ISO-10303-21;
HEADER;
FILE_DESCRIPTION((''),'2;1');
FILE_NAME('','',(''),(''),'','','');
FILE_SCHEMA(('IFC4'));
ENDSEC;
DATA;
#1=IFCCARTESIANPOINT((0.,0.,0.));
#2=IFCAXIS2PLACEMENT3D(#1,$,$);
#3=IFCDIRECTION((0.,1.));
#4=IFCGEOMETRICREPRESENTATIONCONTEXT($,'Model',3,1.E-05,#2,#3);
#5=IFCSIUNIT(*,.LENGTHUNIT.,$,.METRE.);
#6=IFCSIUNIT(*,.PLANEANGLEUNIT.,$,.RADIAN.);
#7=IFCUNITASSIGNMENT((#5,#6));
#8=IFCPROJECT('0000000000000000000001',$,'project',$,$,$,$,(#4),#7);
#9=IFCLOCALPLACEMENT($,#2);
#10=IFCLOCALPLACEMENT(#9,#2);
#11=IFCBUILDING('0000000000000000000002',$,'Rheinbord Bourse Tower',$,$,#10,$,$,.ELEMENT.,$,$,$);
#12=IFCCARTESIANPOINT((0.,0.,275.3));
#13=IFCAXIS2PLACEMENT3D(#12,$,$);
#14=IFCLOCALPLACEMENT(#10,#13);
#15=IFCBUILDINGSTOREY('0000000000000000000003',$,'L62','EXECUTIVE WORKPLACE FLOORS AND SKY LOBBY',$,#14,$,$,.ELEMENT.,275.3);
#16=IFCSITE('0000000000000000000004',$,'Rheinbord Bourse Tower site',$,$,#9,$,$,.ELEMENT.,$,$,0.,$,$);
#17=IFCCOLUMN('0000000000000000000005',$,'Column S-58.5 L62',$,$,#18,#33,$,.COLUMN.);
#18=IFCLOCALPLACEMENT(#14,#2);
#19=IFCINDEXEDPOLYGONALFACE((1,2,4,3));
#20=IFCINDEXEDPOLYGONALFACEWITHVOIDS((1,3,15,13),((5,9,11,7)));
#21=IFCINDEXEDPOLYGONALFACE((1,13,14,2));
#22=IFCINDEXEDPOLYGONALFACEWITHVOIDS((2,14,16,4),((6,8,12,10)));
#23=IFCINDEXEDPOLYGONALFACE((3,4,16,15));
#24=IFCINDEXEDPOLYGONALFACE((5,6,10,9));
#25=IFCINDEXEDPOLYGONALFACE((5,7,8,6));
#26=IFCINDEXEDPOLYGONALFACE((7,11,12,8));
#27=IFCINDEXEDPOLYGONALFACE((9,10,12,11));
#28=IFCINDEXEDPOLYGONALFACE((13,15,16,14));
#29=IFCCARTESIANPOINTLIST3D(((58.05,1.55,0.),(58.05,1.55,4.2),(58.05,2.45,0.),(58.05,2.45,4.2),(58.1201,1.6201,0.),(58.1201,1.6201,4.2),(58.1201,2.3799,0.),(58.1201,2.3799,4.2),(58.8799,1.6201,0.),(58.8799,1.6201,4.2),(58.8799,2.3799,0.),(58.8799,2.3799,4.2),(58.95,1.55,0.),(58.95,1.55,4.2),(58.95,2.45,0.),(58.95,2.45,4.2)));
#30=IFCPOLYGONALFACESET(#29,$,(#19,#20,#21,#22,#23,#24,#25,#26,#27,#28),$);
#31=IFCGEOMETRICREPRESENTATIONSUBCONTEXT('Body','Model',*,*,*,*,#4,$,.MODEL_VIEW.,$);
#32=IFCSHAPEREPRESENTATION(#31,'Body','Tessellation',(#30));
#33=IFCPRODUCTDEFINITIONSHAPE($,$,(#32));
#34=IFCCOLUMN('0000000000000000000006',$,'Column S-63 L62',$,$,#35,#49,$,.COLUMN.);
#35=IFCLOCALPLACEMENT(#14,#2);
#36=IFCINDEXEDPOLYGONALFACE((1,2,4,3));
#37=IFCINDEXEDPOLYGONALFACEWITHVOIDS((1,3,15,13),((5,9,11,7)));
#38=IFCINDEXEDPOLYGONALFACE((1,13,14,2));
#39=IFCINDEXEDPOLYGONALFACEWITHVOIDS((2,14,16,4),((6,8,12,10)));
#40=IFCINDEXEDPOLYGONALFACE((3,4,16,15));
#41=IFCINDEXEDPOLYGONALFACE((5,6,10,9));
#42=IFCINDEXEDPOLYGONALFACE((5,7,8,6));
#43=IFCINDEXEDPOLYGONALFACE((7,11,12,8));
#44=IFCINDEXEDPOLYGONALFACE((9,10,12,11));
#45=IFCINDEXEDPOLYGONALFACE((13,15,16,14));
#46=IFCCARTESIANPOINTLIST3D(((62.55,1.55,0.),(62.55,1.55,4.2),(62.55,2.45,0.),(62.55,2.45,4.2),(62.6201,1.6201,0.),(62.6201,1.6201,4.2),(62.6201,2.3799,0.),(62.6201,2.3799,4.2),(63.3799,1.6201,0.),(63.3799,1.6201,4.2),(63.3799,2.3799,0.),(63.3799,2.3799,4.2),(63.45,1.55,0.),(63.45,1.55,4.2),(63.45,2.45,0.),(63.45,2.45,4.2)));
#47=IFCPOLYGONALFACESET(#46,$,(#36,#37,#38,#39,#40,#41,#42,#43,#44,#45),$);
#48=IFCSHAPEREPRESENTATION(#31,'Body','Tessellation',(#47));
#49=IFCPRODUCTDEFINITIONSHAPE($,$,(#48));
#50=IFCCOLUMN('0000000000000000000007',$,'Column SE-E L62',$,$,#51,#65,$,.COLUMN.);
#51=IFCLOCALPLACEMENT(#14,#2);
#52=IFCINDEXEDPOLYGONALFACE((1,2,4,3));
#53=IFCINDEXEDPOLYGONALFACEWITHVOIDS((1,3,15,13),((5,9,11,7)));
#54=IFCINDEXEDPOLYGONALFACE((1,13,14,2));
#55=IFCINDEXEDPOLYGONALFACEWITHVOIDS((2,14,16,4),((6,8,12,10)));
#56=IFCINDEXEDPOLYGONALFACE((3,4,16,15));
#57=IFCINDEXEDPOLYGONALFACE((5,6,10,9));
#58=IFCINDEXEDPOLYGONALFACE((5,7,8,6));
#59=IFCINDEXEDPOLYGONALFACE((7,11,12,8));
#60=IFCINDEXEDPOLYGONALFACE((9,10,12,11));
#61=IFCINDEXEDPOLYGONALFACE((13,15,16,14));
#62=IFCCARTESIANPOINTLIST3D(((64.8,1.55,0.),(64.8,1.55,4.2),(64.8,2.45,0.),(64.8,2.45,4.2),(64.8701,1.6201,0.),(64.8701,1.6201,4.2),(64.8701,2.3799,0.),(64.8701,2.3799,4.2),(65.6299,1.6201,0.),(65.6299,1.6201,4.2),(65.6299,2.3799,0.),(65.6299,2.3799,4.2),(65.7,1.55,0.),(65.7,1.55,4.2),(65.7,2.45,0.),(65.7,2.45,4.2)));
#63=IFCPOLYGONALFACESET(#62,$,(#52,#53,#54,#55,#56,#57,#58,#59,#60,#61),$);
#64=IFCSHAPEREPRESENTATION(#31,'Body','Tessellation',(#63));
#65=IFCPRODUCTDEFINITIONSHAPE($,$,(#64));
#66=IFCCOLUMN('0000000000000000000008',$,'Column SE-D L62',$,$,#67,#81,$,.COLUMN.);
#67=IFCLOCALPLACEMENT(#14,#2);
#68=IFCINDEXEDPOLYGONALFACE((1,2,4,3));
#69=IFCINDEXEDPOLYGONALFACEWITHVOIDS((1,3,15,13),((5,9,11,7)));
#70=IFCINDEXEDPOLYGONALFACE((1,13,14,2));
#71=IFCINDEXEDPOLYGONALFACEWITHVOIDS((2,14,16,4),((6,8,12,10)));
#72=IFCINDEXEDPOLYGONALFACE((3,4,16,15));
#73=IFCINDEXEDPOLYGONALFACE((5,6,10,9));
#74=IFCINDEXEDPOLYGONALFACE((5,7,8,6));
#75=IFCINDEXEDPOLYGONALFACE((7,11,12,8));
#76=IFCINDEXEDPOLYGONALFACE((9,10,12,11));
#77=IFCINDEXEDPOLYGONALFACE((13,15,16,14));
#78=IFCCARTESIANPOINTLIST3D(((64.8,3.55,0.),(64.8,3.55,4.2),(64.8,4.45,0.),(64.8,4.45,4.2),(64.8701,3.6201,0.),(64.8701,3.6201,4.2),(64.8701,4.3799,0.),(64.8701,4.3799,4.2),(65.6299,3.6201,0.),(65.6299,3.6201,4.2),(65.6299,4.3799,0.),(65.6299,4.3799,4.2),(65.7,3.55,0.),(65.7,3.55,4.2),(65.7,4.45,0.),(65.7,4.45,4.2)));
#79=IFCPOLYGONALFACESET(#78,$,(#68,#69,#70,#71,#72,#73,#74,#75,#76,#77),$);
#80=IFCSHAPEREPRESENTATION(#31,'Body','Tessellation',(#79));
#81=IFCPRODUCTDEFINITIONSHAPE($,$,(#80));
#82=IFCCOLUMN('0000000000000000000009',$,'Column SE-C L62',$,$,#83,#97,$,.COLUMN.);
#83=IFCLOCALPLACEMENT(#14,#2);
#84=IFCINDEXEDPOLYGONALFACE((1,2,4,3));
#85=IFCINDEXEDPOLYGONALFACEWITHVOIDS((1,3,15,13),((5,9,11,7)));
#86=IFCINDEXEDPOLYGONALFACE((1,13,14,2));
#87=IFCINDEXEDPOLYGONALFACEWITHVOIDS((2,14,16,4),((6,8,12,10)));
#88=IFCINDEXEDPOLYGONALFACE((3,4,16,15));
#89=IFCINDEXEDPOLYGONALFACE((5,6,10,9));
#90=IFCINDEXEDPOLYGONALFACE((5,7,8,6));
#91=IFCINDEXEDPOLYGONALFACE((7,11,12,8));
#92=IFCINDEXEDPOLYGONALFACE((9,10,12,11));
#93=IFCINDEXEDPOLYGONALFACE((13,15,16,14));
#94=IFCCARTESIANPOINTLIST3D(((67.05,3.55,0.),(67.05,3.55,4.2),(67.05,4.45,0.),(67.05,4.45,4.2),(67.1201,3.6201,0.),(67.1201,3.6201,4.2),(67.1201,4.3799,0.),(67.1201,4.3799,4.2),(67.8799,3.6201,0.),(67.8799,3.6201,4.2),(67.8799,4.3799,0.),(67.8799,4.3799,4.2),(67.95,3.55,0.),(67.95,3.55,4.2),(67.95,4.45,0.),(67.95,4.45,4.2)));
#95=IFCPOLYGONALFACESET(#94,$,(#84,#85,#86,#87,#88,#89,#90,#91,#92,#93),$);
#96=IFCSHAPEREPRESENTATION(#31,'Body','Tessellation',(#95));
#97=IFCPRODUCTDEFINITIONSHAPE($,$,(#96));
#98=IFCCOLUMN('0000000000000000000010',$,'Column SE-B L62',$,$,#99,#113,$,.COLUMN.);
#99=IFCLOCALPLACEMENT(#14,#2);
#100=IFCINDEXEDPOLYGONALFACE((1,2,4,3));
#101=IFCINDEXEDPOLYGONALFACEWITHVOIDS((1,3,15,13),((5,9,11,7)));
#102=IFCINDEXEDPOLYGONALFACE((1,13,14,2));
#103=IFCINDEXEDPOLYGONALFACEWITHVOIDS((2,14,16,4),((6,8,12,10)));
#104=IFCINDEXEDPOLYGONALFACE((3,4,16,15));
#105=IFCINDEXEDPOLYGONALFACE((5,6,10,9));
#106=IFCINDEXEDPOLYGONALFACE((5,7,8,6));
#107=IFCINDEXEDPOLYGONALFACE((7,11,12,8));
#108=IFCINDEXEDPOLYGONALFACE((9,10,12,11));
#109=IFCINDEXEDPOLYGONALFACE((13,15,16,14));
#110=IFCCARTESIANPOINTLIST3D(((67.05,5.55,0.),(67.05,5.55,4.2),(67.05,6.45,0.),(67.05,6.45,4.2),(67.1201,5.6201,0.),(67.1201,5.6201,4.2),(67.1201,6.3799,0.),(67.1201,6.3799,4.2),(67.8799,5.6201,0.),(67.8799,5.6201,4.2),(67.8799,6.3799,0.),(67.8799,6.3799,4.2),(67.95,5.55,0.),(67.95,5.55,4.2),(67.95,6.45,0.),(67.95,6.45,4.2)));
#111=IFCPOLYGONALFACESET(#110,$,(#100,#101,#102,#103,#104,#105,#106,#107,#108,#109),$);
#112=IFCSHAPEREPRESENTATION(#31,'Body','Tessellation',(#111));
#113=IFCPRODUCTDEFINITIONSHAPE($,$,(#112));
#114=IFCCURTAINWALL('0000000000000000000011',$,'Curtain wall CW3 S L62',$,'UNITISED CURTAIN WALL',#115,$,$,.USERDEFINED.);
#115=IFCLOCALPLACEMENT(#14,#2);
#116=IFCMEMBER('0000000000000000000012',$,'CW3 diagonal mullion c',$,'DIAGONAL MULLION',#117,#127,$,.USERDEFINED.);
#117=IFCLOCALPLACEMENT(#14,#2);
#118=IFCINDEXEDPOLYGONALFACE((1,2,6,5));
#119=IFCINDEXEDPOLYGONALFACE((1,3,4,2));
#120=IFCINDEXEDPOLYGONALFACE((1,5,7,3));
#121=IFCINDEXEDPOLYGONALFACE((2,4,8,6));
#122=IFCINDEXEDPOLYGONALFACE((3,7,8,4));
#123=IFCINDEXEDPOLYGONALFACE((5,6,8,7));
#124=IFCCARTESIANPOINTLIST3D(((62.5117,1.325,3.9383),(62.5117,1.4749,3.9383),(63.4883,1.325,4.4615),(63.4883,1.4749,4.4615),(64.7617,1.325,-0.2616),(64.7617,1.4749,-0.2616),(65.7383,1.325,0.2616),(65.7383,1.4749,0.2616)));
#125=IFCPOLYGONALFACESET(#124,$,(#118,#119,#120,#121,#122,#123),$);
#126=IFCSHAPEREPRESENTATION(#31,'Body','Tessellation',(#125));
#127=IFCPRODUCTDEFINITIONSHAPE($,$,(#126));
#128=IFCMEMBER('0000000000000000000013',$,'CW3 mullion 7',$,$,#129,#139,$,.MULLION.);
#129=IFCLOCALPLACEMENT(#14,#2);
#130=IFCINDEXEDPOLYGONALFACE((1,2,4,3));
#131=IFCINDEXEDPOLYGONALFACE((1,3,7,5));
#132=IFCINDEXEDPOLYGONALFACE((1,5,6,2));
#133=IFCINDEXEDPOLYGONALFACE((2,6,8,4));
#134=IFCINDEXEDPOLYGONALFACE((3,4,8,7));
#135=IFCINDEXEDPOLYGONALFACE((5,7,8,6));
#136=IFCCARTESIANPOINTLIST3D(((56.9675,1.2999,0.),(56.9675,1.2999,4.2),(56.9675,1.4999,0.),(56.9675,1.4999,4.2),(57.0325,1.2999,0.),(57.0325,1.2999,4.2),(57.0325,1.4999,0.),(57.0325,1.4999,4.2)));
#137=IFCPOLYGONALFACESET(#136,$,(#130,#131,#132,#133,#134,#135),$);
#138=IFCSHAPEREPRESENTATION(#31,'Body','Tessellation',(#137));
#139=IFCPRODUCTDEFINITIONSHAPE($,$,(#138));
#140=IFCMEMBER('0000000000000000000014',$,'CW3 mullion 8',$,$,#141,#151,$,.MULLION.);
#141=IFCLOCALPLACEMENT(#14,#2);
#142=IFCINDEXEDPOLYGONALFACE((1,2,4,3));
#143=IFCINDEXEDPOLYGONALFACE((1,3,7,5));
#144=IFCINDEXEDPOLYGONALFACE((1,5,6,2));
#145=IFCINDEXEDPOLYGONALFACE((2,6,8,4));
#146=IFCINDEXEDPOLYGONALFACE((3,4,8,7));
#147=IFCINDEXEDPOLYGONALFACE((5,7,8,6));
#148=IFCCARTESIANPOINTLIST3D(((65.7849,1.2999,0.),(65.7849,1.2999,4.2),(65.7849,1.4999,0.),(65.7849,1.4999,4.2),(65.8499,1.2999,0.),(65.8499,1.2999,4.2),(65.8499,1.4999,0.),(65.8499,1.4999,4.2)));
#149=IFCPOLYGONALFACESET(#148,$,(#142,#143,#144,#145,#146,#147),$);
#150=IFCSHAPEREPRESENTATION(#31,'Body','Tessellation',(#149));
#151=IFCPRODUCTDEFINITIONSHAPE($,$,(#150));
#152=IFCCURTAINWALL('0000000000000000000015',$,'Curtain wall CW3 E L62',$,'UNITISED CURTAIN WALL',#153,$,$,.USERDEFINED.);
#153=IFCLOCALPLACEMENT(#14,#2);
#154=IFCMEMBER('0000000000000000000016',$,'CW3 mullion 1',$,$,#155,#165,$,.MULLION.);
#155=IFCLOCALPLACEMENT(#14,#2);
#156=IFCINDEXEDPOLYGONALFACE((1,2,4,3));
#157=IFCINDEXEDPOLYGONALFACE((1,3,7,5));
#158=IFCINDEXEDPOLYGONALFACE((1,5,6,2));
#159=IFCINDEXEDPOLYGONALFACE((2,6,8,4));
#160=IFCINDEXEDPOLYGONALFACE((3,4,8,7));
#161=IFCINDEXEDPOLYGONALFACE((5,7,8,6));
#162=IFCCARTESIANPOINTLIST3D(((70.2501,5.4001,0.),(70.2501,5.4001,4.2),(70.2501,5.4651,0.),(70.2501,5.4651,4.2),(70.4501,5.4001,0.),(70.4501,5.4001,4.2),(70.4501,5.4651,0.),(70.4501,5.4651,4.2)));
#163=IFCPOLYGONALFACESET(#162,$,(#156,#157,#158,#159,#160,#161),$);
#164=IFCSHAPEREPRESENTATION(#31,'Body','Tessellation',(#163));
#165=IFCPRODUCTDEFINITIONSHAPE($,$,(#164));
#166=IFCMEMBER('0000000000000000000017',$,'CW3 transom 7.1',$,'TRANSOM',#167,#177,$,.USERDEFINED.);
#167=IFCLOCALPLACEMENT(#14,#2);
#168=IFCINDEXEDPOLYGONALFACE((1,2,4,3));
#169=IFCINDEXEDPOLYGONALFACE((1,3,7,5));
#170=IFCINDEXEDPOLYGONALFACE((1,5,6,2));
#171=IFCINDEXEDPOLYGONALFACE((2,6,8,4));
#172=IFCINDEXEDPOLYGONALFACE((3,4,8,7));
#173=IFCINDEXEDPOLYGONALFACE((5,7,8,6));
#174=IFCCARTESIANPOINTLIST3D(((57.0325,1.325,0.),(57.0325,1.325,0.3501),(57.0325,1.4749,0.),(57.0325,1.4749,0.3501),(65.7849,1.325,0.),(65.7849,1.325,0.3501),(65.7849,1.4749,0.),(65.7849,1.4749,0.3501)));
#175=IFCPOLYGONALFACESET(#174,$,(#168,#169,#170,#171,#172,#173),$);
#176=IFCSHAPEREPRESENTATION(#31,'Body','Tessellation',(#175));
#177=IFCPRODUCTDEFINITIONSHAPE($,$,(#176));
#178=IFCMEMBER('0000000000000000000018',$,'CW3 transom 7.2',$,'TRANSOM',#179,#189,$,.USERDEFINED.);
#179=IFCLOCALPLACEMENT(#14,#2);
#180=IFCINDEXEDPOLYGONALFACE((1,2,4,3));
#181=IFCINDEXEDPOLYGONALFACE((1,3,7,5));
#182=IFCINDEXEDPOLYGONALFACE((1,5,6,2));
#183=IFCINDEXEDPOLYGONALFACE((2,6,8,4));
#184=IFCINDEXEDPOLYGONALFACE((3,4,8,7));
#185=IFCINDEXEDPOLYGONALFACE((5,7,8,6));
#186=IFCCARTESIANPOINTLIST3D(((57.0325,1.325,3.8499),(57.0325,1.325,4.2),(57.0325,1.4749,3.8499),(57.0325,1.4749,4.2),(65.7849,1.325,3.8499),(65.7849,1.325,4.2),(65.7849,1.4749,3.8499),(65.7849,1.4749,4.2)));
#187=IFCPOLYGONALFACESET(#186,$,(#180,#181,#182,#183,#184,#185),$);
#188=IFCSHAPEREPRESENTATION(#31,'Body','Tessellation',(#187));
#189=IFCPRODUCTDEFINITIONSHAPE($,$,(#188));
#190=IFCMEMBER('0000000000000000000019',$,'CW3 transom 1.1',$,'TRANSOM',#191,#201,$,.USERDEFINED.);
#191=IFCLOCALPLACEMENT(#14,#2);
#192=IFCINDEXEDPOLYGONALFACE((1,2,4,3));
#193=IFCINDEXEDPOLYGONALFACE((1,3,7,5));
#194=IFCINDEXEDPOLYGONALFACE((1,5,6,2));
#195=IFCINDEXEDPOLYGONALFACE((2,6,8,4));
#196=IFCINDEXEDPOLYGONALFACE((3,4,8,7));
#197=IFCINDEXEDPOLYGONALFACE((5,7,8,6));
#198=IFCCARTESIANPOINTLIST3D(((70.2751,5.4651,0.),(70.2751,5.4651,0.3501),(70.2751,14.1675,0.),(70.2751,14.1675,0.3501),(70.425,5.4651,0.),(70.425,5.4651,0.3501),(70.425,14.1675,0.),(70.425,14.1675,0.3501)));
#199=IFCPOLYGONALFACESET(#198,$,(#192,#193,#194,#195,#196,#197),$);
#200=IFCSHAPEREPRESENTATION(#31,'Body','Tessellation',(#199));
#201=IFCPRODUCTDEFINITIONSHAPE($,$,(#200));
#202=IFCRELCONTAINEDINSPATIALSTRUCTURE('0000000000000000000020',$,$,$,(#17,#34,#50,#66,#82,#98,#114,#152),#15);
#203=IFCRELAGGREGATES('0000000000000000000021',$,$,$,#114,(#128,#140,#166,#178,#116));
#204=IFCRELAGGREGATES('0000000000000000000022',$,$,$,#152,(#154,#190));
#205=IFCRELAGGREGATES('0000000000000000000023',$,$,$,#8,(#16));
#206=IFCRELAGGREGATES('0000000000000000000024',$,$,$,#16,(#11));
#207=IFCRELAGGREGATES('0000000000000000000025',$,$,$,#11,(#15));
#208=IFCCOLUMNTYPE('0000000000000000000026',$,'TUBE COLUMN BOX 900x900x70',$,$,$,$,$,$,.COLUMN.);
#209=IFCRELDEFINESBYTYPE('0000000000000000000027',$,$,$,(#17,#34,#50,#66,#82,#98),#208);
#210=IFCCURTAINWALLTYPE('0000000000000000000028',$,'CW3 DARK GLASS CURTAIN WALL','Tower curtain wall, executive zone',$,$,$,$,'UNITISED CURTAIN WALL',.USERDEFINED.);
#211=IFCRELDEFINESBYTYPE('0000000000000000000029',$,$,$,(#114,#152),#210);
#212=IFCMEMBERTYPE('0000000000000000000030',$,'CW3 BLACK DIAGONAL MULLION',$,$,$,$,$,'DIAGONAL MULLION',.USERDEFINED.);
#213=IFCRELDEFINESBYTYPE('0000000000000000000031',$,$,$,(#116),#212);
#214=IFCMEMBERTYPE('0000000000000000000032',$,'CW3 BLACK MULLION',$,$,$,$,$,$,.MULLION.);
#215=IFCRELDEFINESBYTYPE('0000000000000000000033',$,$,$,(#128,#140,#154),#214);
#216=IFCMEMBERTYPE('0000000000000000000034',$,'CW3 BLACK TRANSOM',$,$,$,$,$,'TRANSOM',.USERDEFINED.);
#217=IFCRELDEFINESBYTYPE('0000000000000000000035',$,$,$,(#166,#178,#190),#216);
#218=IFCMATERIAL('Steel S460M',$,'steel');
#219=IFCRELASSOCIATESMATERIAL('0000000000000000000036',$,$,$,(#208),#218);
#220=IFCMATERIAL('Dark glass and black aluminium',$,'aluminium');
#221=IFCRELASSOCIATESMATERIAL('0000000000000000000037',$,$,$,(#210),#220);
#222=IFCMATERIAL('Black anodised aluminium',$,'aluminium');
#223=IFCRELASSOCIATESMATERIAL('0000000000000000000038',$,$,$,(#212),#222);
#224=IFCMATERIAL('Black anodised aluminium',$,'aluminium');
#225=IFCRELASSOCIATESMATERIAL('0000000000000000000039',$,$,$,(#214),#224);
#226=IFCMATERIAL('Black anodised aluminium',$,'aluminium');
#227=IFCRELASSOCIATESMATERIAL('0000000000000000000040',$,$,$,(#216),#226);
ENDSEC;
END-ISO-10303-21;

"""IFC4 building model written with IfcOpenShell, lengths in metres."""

from ifc_helpers import new_model, si_unit, direction, frame, origin, origin_2d, place, context, subcontext, project, spatial, rectangle, hollow_rectangle, extrude, material, material_profile, profile_set, type_object, element, aggregate, save


model = new_model("IFC4")

# Units and contexts
model_context = context("Model", 3, precision=1e-05, world=origin(), true_north=direction((0.0, 1.0)))
body_context = subcontext(model_context, "Body", "Model", "MODEL_VIEW")
ifc_project = project(units=[si_unit("LENGTHUNIT", "METRE"), si_unit("PLANEANGLEUNIT", "RADIAN")], contexts=[model_context])

# Site, building, storey
site_placement = place(None, origin())
site = spatial("IfcSite", under=ifc_project, at=site_placement, Name="Rheinbord Bourse Tower site", CompositionType="ELEMENT", RefElevation=0.0)
building_placement = place(site_placement, origin())
building = spatial("IfcBuilding", under=site, at=building_placement, Name="Rheinbord Bourse Tower", CompositionType="ELEMENT")
storey_placement = place(building_placement, frame((0.0, 0.0, 275.3)))
storey = spatial("IfcBuildingStorey", under=building, at=storey_placement, Name="L62", Description="EXECUTIVE WORKPLACE FLOORS AND SKY LOBBY", CompositionType="ELEMENT", Elevation=275.3)

# Columns
ifc_material_1 = material(Name="Steel S460M", Category="steel")
ifc_material_profile_1 = material_profile(ifc_material_1, hollow_rectangle(XDim=0.8999, YDim=0.8999, WallThickness=0.0701, at=origin_2d()), Name="BOX 900x900x70")
ifc_profile_set_1 = profile_set([ifc_material_profile_1], Name="Steel S460M")
column_type = type_object("IfcColumnType", Name="TUBE COLUMN BOX 900x900x70", PredefinedType="COLUMN", material=ifc_profile_set_1)
for number, where, z_axis, x_axis, name in (
    (1, (58.5, 2.0, 0.0), (0.0, 0.0, 1.0), (0.0, 1.0, 0.0), "Column S-58.5 L62"),
    (2, (63.0, 2.0, 0.0), (0.0, 0.0, 1.0), (0.0, 1.0, 0.0), "Column S-63 L62"),
    (3, (65.25, 2.0, 0.0), (0.0, 0.0, 1.0), (0.0, 1.0, 0.0), "Column SE-E L62"),
    (4, (65.25, 4.0, 0.0), (0.0, 0.0, 1.0), (0.0, 1.0, 0.0), "Column SE-D L62"),
    (5, (67.5, 4.0, 0.0), (0.0, 0.0, 1.0), (1.0, 0.0, 0.0), "Column SE-C L62"),
    (6, (67.5, 6.0, 0.0), (0.0, 0.0, 1.0), (1.0, 0.0, 0.0), "Column SE-B L62"),
):
    element("IfcColumn", number, at=place(storey_placement, frame(where, z_axis=z_axis, x_axis=x_axis)), inside=storey, type_object=column_type, Name=name, PredefinedType="COLUMN", context=body_context, shape_type="SweptSolid", body=[
        extrude(hollow_rectangle(XDim=0.8999, YDim=0.8999, WallThickness=0.0701, at=origin_2d()), origin(), (0.0, 0.0, 1.0), 4.2),
    ])

# Curtain wall, members
ifc_material_2 = material(Name="Dark glass and black aluminium", Category="aluminium")
curtain_wall_type = type_object("IfcCurtainWallType", Name="CW3 DARK GLASS CURTAIN WALL", Description="Tower curtain wall, executive zone", ElementType="UNITISED CURTAIN WALL", PredefinedType="USERDEFINED", material=ifc_material_2)
curtain_wall_1_placement = place(storey_placement, origin())
curtain_wall_1 = element("IfcCurtainWall", 7, at=curtain_wall_1_placement, inside=storey, type_object=curtain_wall_type, Name="Curtain wall CW3 S L62", ObjectType="UNITISED CURTAIN WALL", PredefinedType="USERDEFINED")
ifc_material_3 = material(Name="Black anodised aluminium", Category="aluminium")
ifc_material_profile_2 = material_profile(ifc_material_3, rectangle(XDim=0.1499, YDim=1.1079, at=origin_2d()), Name="CW3 DIAGONAL MULLION 1108x150")
ifc_profile_set_2 = profile_set([ifc_material_profile_2], Name="Black anodised aluminium")
member_type_1 = type_object("IfcMemberType", Name="CW3 BLACK DIAGONAL MULLION", ElementType="DIAGONAL MULLION", PredefinedType="USERDEFINED", material=ifc_profile_set_2)
member_1_placement = place(storey_placement, frame((65.25, 1.3999, 0.0), z_axis=(-0.472226, 0.0, 0.881478), x_axis=(0.0, -1.0, 0.0)))
member_1 = element("IfcMember", 8, at=member_1_placement, type_object=member_type_1, Name="CW3 diagonal mullion c", ObjectType="DIAGONAL MULLION", PredefinedType="USERDEFINED", context=body_context, shape_type="SweptSolid", body=[
    extrude(rectangle(XDim=0.1499, YDim=1.1079, at=origin_2d()), origin(), (0.0, 0.0, 1.0), 4.7646),
])
ifc_material_4 = material(Name="Black anodised aluminium", Category="aluminium")
ifc_material_profile_3 = material_profile(ifc_material_4, rectangle(XDim=0.2, YDim=0.0649, at=origin_2d()), Name="CW3 MULLION 65x200")
ifc_profile_set_3 = profile_set([ifc_material_profile_3], Name="Black anodised aluminium")
member_type_2 = type_object("IfcMemberType", Name="CW3 BLACK MULLION", PredefinedType="MULLION", material=ifc_profile_set_3)
member_2_placement = place(storey_placement, frame((57.0, 1.3999, 0.0), z_axis=(0.0, 0.0, 1.0), x_axis=(0.0, 1.0, 0.0)))
member_2 = element("IfcMember", 9, at=member_2_placement, type_object=member_type_2, Name="CW3 mullion 7", PredefinedType="MULLION", context=body_context, shape_type="SweptSolid", body=[
    extrude(rectangle(XDim=0.2, YDim=0.0649, at=origin_2d()), origin(), (0.0, 0.0, 1.0), 4.2),
])
member_3_placement = place(storey_placement, frame((65.8174, 1.3999, 0.0), z_axis=(0.0, 0.0, 1.0), x_axis=(0.0, 1.0, 0.0)))
member_3 = element("IfcMember", 10, at=member_3_placement, type_object=member_type_2, Name="CW3 mullion 8", PredefinedType="MULLION", context=body_context, shape_type="SweptSolid", body=[
    extrude(rectangle(XDim=0.2, YDim=0.0649, at=origin_2d()), origin(), (0.0, 0.0, 1.0), 4.2),
])

# Curtain wall, member
curtain_wall_2_placement = place(storey_placement, origin())
curtain_wall_2 = element("IfcCurtainWall", 11, at=curtain_wall_2_placement, inside=storey, type_object=curtain_wall_type, Name="Curtain wall CW3 E L62", ObjectType="UNITISED CURTAIN WALL", PredefinedType="USERDEFINED")
member_4_placement = place(storey_placement, frame((70.3501, 5.4326, 0.0), z_axis=(0.0, 0.0, 1.0), x_axis=(-1.0, 0.0, 0.0)))
member_4 = element("IfcMember", 12, at=member_4_placement, type_object=member_type_2, Name="CW3 mullion 1", PredefinedType="MULLION", context=body_context, shape_type="SweptSolid", body=[
    extrude(rectangle(XDim=0.2, YDim=0.0649, at=origin_2d()), origin(), (0.0, 0.0, 1.0), 4.2),
])

# Members
ifc_material_5 = material(Name="Black anodised aluminium", Category="aluminium")
ifc_material_profile_4 = material_profile(ifc_material_5, rectangle(XDim=0.1499, YDim=0.3501, at=origin_2d()), Name="CW3 TRANSOM 350x150")
ifc_profile_set_4 = profile_set([ifc_material_profile_4], Name="Black anodised aluminium")
member_type_3 = type_object("IfcMemberType", Name="CW3 BLACK TRANSOM", ElementType="TRANSOM", PredefinedType="USERDEFINED", material=ifc_profile_set_4)
member_5_placement = place(storey_placement, frame((57.0325, 1.3999, 0.175), z_axis=(1.0, 0.0, 0.0), x_axis=(0.0, 1.0, 0.0)))
member_5 = element("IfcMember", 13, at=member_5_placement, type_object=member_type_3, Name="CW3 transom 7.1", ObjectType="TRANSOM", PredefinedType="USERDEFINED", context=body_context, shape_type="SweptSolid", body=[
    extrude(rectangle(XDim=0.1499, YDim=0.3501, at=origin_2d()), origin(), (0.0, 0.0, 1.0), 8.7524),
])
member_6_placement = place(storey_placement, frame((57.0325, 1.3999, 4.0249), z_axis=(1.0, 0.0, 0.0), x_axis=(0.0, 1.0, 0.0)))
member_6 = element("IfcMember", 14, at=member_6_placement, type_object=member_type_3, Name="CW3 transom 7.2", ObjectType="TRANSOM", PredefinedType="USERDEFINED", context=body_context, shape_type="SweptSolid", body=[
    extrude(rectangle(XDim=0.1499, YDim=0.3501, at=origin_2d()), origin(), (0.0, 0.0, 1.0), 8.7524),
])
member_7_placement = place(storey_placement, frame((70.3501, 5.4651, 0.175), z_axis=(0.0, 1.0, 0.0), x_axis=(-1.0, 0.0, 0.0)))
member_7 = element("IfcMember", 15, at=member_7_placement, type_object=member_type_3, Name="CW3 transom 1.1", ObjectType="TRANSOM", PredefinedType="USERDEFINED", context=body_context, shape_type="SweptSolid", body=[
    extrude(rectangle(XDim=0.1499, YDim=0.3501, at=origin_2d()), origin(), (0.0, 0.0, 1.0), 8.7024),
])

aggregate(curtain_wall_1, [member_2, member_3, member_5, member_6, member_1])
aggregate(curtain_wall_2, [member_4, member_7])

save(model, "model.ifc")
